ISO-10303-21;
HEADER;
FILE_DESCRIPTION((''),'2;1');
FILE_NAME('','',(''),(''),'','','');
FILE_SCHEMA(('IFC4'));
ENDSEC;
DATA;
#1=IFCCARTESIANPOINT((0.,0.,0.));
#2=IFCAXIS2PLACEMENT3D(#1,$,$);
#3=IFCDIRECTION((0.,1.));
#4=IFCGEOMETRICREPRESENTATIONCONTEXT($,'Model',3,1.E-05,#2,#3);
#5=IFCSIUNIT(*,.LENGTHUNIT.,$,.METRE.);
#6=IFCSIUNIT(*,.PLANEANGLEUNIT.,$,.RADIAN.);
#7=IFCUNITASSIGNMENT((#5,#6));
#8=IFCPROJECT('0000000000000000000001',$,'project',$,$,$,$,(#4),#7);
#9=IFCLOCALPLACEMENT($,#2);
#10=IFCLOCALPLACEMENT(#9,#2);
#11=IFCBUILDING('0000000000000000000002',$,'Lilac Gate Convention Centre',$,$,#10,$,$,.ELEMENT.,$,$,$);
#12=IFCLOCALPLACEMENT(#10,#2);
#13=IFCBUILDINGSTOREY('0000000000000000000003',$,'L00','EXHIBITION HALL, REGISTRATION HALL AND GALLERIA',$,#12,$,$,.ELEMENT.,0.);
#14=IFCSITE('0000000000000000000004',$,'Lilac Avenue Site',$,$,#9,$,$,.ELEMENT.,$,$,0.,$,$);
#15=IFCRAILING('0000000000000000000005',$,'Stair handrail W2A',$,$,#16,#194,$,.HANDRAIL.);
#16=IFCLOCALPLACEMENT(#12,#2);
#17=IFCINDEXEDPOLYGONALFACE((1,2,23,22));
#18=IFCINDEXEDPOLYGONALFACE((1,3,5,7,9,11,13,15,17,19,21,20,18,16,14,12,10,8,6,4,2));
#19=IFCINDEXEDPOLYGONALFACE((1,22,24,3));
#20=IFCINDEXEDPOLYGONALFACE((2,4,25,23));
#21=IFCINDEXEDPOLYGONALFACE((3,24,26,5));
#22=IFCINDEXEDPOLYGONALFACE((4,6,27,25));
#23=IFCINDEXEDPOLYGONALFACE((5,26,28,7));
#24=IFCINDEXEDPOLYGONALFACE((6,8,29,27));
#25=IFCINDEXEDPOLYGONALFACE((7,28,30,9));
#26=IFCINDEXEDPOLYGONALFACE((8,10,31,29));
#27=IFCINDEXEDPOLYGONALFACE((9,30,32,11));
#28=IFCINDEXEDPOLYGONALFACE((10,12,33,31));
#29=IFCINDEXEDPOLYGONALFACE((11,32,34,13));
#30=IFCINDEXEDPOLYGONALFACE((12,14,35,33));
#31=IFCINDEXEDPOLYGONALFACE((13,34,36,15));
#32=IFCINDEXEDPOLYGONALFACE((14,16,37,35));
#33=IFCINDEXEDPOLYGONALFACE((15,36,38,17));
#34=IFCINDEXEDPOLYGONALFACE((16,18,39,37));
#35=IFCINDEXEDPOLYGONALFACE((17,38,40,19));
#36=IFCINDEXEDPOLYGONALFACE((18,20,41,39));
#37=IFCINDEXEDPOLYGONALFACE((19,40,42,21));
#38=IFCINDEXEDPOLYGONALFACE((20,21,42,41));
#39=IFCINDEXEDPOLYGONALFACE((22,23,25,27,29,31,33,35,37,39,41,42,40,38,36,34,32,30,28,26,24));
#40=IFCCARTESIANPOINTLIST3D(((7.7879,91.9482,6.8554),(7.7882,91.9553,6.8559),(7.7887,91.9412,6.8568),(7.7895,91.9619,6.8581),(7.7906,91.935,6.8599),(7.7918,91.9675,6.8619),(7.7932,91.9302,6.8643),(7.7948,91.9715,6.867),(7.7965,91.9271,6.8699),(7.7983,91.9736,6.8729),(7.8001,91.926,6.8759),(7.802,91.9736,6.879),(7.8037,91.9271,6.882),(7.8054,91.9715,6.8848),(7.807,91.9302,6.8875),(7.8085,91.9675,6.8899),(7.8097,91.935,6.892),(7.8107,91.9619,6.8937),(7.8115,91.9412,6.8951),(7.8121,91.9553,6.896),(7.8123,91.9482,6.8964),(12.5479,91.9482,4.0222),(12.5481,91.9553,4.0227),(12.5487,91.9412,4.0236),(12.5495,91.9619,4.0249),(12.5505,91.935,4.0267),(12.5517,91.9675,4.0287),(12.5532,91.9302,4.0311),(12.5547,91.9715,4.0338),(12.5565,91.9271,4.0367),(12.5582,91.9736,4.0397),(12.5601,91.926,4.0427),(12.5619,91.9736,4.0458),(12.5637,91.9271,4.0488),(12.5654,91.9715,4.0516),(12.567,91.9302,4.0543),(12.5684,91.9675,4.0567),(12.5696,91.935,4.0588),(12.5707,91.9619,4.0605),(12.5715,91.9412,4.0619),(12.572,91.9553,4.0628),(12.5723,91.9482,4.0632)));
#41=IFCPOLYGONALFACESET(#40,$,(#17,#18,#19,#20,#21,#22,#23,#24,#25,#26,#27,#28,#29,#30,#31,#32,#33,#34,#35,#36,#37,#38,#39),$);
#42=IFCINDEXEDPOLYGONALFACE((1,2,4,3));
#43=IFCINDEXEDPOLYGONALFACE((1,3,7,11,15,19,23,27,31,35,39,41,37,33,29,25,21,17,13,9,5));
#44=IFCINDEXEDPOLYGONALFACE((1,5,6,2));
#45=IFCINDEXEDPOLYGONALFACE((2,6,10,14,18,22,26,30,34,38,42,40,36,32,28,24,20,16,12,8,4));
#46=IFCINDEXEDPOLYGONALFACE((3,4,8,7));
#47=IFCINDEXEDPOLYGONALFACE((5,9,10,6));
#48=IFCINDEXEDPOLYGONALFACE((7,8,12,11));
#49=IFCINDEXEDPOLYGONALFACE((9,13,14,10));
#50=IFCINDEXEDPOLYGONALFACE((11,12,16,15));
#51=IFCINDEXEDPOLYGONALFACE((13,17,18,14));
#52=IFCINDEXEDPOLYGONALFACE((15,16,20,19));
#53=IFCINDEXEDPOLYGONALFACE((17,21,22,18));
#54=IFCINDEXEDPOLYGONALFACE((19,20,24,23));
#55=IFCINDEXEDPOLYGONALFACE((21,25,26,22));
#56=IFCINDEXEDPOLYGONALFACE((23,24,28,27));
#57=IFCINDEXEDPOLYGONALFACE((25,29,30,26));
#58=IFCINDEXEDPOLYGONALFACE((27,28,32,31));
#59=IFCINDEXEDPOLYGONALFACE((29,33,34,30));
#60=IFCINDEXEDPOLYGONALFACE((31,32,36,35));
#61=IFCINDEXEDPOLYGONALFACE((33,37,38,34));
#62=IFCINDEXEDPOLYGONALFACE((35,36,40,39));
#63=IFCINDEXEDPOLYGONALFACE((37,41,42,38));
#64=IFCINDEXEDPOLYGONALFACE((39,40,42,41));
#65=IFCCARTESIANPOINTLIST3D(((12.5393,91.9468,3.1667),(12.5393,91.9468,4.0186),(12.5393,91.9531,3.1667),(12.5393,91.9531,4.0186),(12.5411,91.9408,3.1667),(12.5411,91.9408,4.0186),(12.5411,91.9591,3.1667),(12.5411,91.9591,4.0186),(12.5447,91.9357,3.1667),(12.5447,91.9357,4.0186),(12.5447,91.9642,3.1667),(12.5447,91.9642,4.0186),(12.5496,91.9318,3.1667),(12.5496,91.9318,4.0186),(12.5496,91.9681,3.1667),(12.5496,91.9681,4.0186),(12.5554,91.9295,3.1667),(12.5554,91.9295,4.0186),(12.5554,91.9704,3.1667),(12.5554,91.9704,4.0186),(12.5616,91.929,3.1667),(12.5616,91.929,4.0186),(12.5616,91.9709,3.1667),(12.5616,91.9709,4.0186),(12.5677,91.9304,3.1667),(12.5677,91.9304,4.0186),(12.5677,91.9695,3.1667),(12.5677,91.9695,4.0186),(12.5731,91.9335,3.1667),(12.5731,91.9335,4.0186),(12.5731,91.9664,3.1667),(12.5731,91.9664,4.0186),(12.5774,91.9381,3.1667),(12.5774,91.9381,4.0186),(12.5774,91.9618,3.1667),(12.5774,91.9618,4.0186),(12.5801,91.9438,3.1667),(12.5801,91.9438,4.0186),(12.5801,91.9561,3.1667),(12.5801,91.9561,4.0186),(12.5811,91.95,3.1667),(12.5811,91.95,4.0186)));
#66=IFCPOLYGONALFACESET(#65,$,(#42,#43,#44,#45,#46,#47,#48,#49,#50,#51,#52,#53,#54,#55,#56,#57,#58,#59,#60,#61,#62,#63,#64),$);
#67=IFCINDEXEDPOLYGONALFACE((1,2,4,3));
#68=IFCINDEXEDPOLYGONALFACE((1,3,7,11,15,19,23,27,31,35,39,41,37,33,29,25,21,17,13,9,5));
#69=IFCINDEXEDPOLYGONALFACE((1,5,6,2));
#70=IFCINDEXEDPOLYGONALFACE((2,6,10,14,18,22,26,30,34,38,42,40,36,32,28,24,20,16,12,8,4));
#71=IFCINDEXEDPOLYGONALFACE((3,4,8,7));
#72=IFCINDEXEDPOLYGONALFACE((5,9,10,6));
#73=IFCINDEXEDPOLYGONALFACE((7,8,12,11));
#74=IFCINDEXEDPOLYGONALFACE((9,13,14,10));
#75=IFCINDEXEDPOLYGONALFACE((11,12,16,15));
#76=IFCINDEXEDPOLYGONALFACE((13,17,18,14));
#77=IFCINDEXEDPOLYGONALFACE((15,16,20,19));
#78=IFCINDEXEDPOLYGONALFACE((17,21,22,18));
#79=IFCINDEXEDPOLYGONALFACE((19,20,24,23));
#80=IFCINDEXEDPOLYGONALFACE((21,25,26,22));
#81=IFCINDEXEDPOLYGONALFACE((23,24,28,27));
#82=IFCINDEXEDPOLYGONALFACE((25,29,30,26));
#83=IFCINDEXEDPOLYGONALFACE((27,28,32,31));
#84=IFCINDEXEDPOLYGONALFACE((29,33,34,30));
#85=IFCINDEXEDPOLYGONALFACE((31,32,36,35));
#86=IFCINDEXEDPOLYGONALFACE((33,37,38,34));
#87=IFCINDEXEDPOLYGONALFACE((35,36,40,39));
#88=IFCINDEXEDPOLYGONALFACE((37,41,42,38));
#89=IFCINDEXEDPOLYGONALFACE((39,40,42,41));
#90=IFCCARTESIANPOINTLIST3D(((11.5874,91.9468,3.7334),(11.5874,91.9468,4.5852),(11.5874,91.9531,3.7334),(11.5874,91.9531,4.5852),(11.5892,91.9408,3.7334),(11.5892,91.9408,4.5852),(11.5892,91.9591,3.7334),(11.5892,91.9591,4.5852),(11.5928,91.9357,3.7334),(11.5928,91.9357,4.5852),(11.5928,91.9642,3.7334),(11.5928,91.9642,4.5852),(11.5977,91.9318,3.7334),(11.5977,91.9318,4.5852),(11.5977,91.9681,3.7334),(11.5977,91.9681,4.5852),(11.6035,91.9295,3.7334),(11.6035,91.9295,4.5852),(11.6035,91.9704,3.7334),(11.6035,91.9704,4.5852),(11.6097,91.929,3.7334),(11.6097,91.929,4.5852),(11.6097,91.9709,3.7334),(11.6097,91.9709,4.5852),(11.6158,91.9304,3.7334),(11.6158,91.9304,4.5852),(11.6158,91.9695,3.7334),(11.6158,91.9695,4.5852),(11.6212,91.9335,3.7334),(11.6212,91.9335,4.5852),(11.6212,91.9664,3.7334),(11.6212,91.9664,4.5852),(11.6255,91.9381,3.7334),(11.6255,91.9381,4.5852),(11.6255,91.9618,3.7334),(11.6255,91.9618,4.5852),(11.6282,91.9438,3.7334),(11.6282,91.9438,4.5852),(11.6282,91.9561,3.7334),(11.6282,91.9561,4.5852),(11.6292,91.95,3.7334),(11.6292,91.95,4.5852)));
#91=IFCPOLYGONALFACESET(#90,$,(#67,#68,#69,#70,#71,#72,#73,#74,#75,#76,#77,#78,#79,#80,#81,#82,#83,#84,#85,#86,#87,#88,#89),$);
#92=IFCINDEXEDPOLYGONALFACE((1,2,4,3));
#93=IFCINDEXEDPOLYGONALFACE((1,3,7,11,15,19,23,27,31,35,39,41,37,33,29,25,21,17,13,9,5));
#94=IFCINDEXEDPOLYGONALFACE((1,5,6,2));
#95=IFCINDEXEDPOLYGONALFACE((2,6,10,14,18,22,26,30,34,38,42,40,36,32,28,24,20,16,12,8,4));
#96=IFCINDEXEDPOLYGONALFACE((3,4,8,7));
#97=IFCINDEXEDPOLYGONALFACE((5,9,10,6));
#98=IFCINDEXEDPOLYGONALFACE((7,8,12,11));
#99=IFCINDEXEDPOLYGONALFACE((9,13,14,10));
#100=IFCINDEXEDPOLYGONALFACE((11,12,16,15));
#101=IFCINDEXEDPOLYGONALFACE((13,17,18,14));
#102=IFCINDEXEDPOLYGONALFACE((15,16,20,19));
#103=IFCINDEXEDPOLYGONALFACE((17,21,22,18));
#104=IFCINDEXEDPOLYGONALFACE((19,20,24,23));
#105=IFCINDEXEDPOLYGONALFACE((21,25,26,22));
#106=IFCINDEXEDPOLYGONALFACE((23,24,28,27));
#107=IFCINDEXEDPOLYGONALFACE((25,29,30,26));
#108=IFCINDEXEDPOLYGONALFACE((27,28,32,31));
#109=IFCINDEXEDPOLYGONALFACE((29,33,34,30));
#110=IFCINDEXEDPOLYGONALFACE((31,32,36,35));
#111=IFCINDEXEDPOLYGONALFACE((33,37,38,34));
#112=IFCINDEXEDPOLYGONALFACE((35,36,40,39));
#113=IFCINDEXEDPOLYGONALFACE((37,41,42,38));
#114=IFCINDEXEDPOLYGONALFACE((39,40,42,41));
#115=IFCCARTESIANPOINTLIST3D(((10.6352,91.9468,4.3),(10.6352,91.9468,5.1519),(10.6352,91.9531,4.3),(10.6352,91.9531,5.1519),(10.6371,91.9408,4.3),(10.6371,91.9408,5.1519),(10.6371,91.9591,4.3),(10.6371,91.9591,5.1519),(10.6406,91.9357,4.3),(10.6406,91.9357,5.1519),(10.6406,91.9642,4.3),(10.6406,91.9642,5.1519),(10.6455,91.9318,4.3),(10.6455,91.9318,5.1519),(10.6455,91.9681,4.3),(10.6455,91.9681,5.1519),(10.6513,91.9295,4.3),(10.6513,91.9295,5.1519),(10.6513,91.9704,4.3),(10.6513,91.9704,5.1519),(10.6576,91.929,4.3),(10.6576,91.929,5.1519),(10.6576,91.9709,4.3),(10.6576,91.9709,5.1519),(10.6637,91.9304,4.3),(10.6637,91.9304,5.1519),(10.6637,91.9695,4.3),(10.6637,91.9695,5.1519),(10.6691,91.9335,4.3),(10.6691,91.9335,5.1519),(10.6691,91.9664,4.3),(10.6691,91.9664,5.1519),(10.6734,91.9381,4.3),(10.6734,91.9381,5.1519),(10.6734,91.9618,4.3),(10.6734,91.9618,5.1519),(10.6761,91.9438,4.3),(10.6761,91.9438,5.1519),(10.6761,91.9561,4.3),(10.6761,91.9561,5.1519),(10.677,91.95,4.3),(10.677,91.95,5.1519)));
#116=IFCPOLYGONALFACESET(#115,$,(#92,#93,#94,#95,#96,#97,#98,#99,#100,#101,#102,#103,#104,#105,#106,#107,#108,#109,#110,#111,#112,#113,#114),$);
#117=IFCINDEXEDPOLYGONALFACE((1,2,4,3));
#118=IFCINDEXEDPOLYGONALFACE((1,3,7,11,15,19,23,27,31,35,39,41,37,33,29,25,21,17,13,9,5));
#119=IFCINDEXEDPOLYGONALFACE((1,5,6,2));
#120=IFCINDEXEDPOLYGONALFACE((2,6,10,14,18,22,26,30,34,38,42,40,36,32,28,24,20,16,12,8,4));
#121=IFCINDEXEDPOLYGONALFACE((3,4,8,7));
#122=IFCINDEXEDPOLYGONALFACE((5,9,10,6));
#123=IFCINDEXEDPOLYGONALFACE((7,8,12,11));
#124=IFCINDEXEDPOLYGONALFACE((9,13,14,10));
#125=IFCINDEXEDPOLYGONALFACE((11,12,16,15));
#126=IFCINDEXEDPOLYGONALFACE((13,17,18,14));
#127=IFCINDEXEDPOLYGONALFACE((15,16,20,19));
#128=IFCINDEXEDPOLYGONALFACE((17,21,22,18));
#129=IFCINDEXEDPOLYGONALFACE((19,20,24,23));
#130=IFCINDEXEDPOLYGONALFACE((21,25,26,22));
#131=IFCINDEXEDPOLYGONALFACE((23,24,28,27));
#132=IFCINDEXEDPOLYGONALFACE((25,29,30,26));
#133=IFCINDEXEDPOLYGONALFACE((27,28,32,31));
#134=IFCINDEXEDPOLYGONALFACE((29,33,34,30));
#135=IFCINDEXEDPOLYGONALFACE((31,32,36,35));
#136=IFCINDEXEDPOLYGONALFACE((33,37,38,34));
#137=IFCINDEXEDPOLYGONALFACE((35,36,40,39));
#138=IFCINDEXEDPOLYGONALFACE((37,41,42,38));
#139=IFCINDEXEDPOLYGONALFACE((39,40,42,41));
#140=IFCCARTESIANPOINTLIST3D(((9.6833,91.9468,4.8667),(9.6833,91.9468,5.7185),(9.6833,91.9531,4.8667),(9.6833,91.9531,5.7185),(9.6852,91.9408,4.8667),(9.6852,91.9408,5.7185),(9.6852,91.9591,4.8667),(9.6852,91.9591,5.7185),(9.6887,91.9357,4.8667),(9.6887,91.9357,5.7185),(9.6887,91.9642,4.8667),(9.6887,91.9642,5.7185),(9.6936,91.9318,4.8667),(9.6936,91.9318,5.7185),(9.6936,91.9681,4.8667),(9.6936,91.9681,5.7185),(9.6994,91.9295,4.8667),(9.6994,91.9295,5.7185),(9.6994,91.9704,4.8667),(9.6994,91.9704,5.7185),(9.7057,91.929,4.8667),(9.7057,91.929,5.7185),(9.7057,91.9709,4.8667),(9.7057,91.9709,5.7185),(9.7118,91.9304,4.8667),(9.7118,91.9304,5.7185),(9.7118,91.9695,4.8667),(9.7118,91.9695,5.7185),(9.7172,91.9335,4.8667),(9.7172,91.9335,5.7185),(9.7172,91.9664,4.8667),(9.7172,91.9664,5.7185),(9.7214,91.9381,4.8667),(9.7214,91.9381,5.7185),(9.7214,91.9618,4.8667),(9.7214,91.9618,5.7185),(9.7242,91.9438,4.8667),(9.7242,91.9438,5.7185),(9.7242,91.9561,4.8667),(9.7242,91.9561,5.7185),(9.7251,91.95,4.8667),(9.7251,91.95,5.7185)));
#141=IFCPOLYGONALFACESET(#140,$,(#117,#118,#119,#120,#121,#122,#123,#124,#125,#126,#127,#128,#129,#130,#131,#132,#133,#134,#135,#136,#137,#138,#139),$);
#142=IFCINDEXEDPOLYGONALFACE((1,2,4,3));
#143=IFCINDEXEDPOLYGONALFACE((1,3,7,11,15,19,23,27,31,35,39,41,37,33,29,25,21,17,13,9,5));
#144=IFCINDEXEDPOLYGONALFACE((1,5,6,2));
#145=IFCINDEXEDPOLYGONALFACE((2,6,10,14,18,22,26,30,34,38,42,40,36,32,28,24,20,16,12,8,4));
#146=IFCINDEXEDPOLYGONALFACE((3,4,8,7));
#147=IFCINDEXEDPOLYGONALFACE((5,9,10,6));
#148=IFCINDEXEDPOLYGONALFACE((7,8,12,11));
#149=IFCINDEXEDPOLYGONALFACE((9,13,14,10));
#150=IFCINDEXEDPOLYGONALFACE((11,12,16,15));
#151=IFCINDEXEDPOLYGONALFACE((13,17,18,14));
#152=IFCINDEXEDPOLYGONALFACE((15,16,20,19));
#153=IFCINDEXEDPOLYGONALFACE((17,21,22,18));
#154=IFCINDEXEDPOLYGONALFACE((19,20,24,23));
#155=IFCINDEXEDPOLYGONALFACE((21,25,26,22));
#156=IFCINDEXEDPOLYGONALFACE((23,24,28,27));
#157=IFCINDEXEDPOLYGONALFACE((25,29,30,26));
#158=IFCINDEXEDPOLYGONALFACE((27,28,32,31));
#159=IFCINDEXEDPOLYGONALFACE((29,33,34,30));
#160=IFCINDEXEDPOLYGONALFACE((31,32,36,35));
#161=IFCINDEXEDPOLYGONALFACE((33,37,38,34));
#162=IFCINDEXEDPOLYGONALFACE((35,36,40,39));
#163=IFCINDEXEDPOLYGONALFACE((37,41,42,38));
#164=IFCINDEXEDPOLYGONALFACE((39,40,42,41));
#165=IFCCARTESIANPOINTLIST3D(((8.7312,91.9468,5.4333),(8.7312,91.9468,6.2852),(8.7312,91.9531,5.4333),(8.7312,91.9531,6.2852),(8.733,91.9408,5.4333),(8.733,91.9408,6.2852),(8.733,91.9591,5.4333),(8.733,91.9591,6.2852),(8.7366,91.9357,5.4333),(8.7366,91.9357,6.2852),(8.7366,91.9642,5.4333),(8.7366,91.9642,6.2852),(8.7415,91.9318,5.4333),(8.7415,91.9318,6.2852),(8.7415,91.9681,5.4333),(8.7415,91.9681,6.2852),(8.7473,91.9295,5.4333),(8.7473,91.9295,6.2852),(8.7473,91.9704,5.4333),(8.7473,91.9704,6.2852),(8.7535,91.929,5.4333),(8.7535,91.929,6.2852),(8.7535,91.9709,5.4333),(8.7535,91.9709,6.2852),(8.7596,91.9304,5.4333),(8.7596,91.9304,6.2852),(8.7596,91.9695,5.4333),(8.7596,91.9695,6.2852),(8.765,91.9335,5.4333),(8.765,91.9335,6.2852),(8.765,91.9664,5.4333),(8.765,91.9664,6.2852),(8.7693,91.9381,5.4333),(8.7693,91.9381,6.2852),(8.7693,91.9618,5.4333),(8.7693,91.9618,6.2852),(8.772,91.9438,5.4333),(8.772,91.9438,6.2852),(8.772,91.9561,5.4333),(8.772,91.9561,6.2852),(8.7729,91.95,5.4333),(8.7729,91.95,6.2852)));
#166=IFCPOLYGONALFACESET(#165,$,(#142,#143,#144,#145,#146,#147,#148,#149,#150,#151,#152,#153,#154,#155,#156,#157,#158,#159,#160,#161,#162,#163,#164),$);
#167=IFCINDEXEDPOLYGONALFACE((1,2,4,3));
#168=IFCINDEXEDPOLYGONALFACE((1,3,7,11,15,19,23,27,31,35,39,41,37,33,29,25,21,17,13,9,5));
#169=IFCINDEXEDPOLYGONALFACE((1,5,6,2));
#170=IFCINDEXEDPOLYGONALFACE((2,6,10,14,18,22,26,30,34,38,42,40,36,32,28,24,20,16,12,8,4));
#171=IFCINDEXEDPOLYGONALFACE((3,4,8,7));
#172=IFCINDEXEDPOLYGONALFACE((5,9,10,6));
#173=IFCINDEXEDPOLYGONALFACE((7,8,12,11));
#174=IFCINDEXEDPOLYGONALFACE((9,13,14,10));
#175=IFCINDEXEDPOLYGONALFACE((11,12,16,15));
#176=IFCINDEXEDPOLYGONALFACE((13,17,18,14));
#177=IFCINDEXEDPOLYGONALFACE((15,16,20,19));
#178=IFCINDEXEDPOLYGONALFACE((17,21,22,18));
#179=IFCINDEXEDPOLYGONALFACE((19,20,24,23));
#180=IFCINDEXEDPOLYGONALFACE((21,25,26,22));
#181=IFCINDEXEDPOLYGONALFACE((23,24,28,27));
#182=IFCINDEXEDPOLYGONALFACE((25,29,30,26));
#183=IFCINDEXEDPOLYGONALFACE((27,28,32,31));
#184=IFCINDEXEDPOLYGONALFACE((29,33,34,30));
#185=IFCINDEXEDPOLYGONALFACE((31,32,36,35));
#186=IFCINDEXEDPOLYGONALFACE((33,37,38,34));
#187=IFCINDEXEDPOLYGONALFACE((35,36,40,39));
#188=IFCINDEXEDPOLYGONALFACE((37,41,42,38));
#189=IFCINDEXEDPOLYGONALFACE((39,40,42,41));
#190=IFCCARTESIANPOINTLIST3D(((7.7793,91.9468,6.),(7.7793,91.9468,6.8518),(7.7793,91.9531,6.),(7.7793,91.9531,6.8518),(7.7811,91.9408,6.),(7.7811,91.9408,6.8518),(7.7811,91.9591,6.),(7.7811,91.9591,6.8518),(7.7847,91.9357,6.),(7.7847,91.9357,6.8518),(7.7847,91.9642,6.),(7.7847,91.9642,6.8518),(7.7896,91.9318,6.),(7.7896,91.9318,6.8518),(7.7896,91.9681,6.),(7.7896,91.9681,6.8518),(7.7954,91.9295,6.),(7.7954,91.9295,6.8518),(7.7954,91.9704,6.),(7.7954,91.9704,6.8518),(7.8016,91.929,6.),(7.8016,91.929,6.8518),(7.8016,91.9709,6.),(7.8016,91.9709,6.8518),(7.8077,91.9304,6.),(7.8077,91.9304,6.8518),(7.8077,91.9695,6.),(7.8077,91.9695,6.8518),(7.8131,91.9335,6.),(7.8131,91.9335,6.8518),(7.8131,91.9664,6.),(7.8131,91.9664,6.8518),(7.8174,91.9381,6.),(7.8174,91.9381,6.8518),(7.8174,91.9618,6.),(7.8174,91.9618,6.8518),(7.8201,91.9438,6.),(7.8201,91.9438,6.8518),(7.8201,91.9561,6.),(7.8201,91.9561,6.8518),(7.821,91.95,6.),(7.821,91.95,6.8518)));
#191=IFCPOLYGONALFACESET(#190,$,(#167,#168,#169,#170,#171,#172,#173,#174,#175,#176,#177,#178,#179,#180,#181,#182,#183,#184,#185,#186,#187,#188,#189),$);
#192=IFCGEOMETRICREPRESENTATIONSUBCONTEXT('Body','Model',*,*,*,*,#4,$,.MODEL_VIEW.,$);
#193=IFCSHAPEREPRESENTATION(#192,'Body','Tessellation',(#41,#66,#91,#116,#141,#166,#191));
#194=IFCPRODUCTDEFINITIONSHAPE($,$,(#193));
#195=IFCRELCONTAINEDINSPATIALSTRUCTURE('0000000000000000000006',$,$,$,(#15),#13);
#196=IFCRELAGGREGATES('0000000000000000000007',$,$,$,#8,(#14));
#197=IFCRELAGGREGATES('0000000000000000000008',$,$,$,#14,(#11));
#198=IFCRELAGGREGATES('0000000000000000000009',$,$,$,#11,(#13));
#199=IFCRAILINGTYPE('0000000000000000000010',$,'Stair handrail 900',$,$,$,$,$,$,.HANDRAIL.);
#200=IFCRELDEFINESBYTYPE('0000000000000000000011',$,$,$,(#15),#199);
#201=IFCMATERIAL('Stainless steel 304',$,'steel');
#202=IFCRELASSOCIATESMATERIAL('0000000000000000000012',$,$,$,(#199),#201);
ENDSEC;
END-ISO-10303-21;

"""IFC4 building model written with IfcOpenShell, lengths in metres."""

from ifc_helpers import new_model, si_unit, direction, frame, origin, origin_2d, place, context, subcontext, project, spatial, circle, extrude, material, type_object, element, save


model = new_model("IFC4")

# Units and contexts
model_context = context("Model", 3, precision=1e-05, world=origin(), true_north=direction((0.0, 1.0)))
body_context = subcontext(model_context, "Body", "Model", "MODEL_VIEW")
ifc_project = project(units=[si_unit("LENGTHUNIT", "METRE"), si_unit("PLANEANGLEUNIT", "RADIAN")], contexts=[model_context])

# Site, building, storey
site_placement = place(None, origin())
site = spatial("IfcSite", under=ifc_project, at=site_placement, Name="Lilac Avenue Site", CompositionType="ELEMENT", RefElevation=0.0)
building_placement = place(site_placement, origin())
building = spatial("IfcBuilding", under=site, at=building_placement, Name="Lilac Gate Convention Centre", CompositionType="ELEMENT")
storey_placement = place(building_placement, origin())
storey = spatial("IfcBuildingStorey", under=building, at=storey_placement, Name="L00", Description="EXHIBITION HALL, REGISTRATION HALL AND GALLERIA", CompositionType="ELEMENT", Elevation=0.0)

# Shared definitions
ifc_material_1 = material(Name="Stainless steel 304", Category="steel")

# Railing
railing_type = type_object("IfcRailingType", Name="Stair handrail 900", PredefinedType="HANDRAIL", material=ifc_material_1)
for number, where, name in (
    (1, (12.5601, 91.95, 3.1667), "Stair handrail W2A"),
):
    element("IfcRailing", number, at=place(storey_placement, frame(where)), inside=storey, type_object=railing_type, Name=name, PredefinedType="HANDRAIL", context=body_context, shape_type="SweptSolid", body=[
        extrude(circle(Radius=0.0239, at=origin_2d()), frame((0.0, 0.0, 0.876), z_axis=(-0.8593, 0.0, 0.511472), x_axis=(0.0, -1.0, 0.0)), (0.0, 0.0, 1.0), 5.5393),
        extrude(circle(Radius=0.021, at=origin_2d()), origin(), (0.0, 0.0, 1.0), 0.8518),
        extrude(circle(Radius=0.021, at=origin_2d()), frame((-0.9519, 0.0, 0.5667)), (0.0, 0.0, 1.0), 0.8518),
        extrude(circle(Radius=0.021, at=origin_2d()), frame((-1.9041, 0.0, 1.1333)), (0.0, 0.0, 1.0), 0.8518),
        extrude(circle(Radius=0.021, at=origin_2d()), frame((-2.856, 0.0, 1.7)), (0.0, 0.0, 1.0), 0.8518),
        extrude(circle(Radius=0.021, at=origin_2d()), frame((-3.8081, 0.0, 2.2666)), (0.0, 0.0, 1.0), 0.8518),
        extrude(circle(Radius=0.021, at=origin_2d()), frame((-4.76, 0.0, 2.8333)), (0.0, 0.0, 1.0), 0.8518),
    ])

save(model, "model.ifc")
